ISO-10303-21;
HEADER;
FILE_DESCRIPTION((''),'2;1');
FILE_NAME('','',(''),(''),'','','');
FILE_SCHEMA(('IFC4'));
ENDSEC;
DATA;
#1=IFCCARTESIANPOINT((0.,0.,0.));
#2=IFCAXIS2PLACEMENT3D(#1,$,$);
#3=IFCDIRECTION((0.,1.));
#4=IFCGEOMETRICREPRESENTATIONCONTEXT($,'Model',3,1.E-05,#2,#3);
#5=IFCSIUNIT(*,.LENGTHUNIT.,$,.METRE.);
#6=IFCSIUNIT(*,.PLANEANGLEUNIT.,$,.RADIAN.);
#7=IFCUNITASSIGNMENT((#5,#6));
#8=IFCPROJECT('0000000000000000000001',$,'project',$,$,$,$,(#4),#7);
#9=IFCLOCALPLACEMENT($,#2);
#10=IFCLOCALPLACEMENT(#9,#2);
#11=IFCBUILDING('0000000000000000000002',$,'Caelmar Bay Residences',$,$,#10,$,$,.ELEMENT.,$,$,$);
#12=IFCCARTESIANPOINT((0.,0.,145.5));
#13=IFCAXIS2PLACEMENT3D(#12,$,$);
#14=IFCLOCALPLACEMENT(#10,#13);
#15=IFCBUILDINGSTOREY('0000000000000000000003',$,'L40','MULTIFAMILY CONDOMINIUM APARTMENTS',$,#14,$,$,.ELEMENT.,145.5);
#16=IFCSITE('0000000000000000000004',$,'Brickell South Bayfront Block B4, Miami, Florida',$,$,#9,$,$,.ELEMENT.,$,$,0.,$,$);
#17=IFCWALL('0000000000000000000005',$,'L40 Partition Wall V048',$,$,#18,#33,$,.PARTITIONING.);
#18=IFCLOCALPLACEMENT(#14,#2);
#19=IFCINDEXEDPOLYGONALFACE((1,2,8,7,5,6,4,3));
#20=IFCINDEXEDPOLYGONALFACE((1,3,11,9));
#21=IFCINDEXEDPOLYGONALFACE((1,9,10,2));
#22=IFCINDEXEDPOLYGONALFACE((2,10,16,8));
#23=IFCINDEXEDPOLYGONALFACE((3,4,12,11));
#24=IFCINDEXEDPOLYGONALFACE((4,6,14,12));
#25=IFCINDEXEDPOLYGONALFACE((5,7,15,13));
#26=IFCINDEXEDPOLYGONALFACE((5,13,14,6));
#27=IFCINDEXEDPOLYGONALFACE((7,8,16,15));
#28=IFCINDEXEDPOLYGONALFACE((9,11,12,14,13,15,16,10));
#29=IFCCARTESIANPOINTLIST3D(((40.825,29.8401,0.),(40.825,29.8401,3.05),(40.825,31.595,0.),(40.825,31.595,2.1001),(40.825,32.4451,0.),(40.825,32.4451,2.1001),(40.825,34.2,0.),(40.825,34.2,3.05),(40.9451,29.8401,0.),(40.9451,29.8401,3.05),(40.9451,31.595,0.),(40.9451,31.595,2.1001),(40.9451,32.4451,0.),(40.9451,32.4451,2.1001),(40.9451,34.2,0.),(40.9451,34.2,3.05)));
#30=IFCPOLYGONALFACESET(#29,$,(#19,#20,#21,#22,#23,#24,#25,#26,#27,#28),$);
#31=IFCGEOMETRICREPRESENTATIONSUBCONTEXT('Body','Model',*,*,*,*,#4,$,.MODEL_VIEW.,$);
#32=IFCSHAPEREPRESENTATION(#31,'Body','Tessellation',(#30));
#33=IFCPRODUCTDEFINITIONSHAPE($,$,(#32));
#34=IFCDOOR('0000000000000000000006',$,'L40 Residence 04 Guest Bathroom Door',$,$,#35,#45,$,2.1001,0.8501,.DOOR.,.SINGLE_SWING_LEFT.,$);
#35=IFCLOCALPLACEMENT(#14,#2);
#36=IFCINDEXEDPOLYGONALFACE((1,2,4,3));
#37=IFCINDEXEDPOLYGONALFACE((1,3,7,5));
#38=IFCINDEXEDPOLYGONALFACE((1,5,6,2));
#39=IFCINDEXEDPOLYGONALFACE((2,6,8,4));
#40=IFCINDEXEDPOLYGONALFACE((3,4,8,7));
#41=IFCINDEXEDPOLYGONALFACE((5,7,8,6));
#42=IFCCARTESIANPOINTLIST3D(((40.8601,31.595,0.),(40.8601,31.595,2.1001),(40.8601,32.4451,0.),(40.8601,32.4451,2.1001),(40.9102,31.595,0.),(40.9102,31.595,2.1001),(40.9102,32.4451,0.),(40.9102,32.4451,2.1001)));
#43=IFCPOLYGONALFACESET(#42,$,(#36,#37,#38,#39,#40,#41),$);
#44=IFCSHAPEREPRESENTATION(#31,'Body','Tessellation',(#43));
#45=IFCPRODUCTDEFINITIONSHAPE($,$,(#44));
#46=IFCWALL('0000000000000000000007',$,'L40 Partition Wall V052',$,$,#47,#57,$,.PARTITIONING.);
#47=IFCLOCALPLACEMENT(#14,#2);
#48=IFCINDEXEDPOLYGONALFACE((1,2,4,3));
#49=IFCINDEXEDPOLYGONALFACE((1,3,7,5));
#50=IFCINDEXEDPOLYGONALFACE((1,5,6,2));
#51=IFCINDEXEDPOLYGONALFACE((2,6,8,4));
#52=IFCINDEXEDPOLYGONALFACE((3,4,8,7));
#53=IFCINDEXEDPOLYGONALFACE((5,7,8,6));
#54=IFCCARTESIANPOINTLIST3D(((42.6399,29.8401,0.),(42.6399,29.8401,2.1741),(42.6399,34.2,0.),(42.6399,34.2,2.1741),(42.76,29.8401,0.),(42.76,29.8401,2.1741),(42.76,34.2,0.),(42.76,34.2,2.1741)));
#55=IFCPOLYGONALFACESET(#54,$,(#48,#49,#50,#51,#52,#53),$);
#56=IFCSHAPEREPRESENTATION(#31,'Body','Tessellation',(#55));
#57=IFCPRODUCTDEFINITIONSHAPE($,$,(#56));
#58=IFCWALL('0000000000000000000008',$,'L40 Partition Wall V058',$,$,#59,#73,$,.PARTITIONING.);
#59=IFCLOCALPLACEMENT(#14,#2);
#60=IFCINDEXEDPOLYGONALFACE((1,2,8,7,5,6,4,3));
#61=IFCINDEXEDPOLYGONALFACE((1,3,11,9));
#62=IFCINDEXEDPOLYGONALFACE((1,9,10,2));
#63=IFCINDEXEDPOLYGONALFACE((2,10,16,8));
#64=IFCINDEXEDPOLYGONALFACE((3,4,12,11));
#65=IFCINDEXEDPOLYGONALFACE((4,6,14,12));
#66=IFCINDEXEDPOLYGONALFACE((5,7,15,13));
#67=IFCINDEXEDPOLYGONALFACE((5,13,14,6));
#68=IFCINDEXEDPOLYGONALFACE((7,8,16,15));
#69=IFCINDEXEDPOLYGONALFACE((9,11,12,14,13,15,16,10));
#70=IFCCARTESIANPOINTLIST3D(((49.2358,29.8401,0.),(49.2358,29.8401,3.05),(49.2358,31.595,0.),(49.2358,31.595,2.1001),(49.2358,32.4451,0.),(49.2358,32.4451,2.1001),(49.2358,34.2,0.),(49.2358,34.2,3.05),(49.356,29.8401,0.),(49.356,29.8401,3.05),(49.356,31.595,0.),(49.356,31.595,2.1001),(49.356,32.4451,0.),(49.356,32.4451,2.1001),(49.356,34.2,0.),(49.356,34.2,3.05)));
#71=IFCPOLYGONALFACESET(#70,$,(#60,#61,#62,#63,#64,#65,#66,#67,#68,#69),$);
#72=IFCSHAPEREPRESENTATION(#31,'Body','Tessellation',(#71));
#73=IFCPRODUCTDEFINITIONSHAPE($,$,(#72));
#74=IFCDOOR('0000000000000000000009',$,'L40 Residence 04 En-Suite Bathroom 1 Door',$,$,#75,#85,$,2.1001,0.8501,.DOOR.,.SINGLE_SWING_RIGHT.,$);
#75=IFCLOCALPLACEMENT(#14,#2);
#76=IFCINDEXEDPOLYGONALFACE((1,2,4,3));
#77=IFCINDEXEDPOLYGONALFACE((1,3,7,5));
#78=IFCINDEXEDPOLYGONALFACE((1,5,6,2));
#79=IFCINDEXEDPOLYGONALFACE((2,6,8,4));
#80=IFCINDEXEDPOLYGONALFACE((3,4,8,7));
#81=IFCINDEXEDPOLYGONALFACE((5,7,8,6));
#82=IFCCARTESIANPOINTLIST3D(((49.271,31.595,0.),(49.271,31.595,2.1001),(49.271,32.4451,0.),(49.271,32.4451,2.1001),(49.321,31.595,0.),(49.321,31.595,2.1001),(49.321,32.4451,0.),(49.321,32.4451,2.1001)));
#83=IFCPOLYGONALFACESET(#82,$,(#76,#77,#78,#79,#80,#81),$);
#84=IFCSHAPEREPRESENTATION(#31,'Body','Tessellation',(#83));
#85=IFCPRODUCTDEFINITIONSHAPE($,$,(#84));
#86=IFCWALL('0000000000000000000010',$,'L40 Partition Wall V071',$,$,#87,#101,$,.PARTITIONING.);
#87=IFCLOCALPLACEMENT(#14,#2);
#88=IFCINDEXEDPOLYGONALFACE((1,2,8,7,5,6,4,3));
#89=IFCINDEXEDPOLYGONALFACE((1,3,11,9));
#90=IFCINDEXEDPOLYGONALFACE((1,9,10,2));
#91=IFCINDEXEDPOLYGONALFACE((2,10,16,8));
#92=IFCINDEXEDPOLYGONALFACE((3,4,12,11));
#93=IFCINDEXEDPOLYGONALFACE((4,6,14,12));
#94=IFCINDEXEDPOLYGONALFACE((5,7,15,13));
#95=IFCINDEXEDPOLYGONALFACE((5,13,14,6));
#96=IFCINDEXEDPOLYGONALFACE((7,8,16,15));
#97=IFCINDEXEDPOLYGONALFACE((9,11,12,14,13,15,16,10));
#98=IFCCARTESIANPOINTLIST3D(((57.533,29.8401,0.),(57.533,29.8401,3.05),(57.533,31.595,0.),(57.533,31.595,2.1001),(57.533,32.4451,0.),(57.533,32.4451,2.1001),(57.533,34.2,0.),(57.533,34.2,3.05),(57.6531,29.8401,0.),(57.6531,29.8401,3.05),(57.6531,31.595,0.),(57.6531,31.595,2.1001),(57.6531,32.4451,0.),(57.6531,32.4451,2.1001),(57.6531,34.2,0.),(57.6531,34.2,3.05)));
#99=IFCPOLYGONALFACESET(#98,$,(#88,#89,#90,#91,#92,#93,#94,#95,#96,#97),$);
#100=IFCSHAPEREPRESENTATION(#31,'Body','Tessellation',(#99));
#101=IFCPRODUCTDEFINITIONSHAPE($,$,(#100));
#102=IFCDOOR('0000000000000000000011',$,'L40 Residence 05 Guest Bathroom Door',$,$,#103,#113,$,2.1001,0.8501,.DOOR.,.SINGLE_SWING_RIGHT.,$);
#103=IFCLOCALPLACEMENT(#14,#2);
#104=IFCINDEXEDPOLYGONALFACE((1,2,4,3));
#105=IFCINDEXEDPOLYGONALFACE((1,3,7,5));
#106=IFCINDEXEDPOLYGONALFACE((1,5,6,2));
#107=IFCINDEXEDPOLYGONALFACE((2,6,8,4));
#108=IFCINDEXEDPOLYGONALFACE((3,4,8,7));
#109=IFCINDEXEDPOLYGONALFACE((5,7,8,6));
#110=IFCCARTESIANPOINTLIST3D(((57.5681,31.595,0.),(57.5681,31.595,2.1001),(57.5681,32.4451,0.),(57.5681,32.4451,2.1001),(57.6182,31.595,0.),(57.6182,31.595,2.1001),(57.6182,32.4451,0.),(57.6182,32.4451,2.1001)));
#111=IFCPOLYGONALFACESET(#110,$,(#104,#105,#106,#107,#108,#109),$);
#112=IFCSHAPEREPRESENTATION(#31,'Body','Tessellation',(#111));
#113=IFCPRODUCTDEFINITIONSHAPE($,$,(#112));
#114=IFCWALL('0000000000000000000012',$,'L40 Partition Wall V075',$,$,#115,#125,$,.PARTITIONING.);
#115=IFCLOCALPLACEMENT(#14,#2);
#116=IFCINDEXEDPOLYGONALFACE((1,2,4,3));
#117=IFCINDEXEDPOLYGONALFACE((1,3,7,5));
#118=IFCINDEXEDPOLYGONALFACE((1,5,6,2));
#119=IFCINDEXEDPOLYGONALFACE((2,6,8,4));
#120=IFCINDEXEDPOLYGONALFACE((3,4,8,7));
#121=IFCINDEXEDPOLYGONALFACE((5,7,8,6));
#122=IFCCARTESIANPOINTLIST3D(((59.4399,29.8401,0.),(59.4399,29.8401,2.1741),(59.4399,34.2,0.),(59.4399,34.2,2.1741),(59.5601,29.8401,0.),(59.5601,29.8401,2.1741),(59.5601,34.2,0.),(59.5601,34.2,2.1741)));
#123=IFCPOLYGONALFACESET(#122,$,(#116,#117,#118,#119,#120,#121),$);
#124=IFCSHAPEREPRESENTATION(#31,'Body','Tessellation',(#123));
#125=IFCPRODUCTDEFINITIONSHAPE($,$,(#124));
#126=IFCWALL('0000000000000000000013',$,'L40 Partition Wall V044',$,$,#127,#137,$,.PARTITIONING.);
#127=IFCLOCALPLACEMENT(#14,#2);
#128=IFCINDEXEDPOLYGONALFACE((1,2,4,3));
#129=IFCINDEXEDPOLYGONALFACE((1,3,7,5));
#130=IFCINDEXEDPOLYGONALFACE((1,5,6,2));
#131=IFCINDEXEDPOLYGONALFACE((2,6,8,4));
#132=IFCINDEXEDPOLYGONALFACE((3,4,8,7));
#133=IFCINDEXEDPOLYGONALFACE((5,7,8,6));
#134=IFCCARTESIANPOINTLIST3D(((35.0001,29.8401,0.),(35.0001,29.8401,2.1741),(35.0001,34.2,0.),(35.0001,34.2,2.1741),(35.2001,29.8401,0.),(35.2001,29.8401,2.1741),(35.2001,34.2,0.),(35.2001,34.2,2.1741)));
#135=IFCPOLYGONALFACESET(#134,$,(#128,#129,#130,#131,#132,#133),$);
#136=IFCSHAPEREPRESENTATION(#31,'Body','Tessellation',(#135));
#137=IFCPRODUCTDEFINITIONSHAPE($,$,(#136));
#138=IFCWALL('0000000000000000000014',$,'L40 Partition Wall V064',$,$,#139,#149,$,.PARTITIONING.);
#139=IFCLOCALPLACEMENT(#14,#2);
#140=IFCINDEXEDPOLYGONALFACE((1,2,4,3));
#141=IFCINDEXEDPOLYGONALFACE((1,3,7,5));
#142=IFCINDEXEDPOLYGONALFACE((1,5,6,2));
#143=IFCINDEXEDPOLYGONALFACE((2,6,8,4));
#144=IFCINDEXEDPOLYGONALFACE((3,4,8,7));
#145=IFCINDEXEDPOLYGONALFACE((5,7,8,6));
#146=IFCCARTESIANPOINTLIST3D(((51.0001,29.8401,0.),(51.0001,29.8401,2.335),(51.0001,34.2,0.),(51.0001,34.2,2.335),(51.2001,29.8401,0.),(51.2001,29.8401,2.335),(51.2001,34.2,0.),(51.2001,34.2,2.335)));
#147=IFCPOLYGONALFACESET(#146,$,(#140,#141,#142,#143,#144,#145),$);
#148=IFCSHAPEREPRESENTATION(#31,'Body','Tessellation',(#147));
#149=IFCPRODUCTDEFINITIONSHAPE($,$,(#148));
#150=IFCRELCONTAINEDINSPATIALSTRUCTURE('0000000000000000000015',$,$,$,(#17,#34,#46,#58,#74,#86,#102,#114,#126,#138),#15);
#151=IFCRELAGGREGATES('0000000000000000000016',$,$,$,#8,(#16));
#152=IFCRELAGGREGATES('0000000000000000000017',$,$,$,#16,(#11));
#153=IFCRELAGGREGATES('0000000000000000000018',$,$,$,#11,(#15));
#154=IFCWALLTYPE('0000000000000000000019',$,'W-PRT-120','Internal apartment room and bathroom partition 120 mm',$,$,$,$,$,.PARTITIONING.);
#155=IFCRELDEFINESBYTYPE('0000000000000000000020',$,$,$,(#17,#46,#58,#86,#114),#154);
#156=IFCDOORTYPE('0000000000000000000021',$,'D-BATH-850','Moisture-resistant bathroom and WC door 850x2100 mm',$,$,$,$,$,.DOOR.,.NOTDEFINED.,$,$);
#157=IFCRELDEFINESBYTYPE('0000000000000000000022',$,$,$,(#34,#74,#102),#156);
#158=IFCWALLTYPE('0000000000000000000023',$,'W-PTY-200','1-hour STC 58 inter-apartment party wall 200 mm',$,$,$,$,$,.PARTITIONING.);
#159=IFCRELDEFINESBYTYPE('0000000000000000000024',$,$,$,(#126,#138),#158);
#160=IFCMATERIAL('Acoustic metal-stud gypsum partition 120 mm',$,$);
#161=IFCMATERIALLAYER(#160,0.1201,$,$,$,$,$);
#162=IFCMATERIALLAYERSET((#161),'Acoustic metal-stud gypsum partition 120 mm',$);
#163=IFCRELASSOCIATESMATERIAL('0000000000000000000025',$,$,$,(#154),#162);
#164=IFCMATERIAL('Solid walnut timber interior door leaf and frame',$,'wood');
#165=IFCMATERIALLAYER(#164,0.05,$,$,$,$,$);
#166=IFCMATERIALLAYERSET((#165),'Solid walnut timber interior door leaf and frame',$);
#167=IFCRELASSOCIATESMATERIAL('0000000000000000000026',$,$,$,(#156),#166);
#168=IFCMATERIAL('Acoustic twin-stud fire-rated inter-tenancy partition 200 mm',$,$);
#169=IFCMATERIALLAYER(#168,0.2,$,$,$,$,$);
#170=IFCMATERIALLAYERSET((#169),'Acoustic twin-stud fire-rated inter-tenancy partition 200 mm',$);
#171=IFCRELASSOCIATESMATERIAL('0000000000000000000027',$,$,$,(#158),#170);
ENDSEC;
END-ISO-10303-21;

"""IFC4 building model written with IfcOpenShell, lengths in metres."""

from ifc_helpers import new_model, si_unit, direction, frame, frame_2d, origin, place, context, subcontext, project, spatial, rectangle, extrude, material, layer, layer_set, type_object, element, fill, save


model = new_model("IFC4")

# Units and contexts
model_context = context("Model", 3, precision=1e-05, world=origin(), true_north=direction((0.0, 1.0)))
body_context = subcontext(model_context, "Body", "Model", "MODEL_VIEW")
ifc_project = project(units=[si_unit("LENGTHUNIT", "METRE"), si_unit("PLANEANGLEUNIT", "RADIAN")], contexts=[model_context])

# Site, building, storey
site_placement = place(None, origin())
site = spatial("IfcSite", under=ifc_project, at=site_placement, Name="Brickell South Bayfront Block B4, Miami, Florida", CompositionType="ELEMENT", RefElevation=0.0)
building_placement = place(site_placement, origin())
building = spatial("IfcBuilding", under=site, at=building_placement, Name="Caelmar Bay Residences", CompositionType="ELEMENT")
storey_placement = place(building_placement, frame((0.0, 0.0, 145.5)))
storey = spatial("IfcBuildingStorey", under=building, at=storey_placement, Name="L40", Description="MULTIFAMILY CONDOMINIUM APARTMENTS", CompositionType="ELEMENT", Elevation=145.5)

# Wall, opening, door
ifc_material_1 = material(Name="Acoustic metal-stud gypsum partition 120 mm")
ifc_layer_1 = layer(ifc_material_1, 0.1201)
ifc_layer_set_1 = layer_set([ifc_layer_1], Name="Acoustic metal-stud gypsum partition 120 mm")
wall_type_1 = type_object("IfcWallType", Name="W-PRT-120", Description="Internal apartment room and bathroom partition 120 mm", PredefinedType="PARTITIONING", material=ifc_layer_set_1)
wall_1_placement = place(storey_placement, frame((40.885, 29.8401, 0.0), z_axis=(0.0, 0.0, 1.0), x_axis=(0.0, 1.0, 0.0)))
wall_1 = element("IfcWall", 1, at=wall_1_placement, inside=storey, type_object=wall_type_1, Name="L40 Partition Wall V048", PredefinedType="PARTITIONING", context=body_context, shape_type="SweptSolid", body=[
    extrude(rectangle(XDim=4.3599, YDim=0.1201, at=frame_2d((2.1799, 0.0))), origin(), (0.0, 0.0, 1.0), 3.05),
])
opening_1_placement = place(wall_1_placement, frame((1.7549, 0.0, 0.0)))
opening_1 = element("IfcOpeningElement", 2, at=opening_1_placement, cuts=wall_1, PredefinedType="OPENING", context=body_context, shape_type="SweptSolid", body=[
    extrude(rectangle(XDim=0.8501, YDim=2.1001, at=frame_2d((0.425, 1.05))), frame((0.0, 0.0701, 0.0), z_axis=(0.0, -1.0, 0.0), x_axis=(1.0, 0.0, 0.0)), (0.0, 0.0, 1.0), 0.1401),
])
ifc_material_2 = material(Name="Solid walnut timber interior door leaf and frame", Category="wood")
ifc_layer_2 = layer(ifc_material_2, 0.05)
ifc_layer_set_2 = layer_set([ifc_layer_2], Name="Solid walnut timber interior door leaf and frame")
door_type_1 = type_object("IfcDoorType", Name="D-BATH-850", Description="Moisture-resistant bathroom and WC door 850x2100 mm", OperationType="NOTDEFINED", PredefinedType="DOOR", material=ifc_layer_set_2)
door_1_placement = place(opening_1_placement, origin())
door_1 = element("IfcDoor", 3, at=door_1_placement, inside=storey, type_object=door_type_1, Name="L40 Residence 04 Guest Bathroom Door", OperationType="SINGLE_SWING_LEFT", OverallHeight=2.1001, OverallWidth=0.8501, PredefinedType="DOOR", context=body_context, shape_type="SweptSolid", body=[
    extrude(rectangle(XDim=0.8501, YDim=2.1001, at=frame_2d((0.425, 1.05))), frame((0.0, 0.0249, 0.0), z_axis=(0.0, -1.0, 0.0), x_axis=(1.0, 0.0, 0.0)), (0.0, 0.0, 1.0), 0.05),
])
fill(opening_1, door_1)

# Wall
wall_2_placement = place(storey_placement, frame((42.7, 29.8401, 0.0), z_axis=(0.0, 0.0, 1.0), x_axis=(0.0, 1.0, 0.0)))
element("IfcWall", 4, at=wall_2_placement, inside=storey, type_object=wall_type_1, Name="L40 Partition Wall V052", PredefinedType="PARTITIONING", context=body_context, shape_type="SweptSolid", body=[
    extrude(rectangle(XDim=4.3599, YDim=0.1201, at=frame_2d((2.1799, 0.0))), origin(), (0.0, 0.0, 1.0), 2.1741),
])

# Walls, openings, doors
wall_3_placement = place(storey_placement, frame((49.2959, 29.8401, 0.0), z_axis=(0.0, 0.0, 1.0), x_axis=(0.0, 1.0, 0.0)))
wall_3 = element("IfcWall", 5, at=wall_3_placement, inside=storey, type_object=wall_type_1, Name="L40 Partition Wall V058", PredefinedType="PARTITIONING", context=body_context, shape_type="SweptSolid", body=[
    extrude(rectangle(XDim=4.3599, YDim=0.1201, at=frame_2d((2.1799, 0.0))), origin(), (0.0, 0.0, 1.0), 3.05),
])
opening_2_placement = place(wall_3_placement, frame((1.7549, 0.0, 0.0)))
opening_2 = element("IfcOpeningElement", 6, at=opening_2_placement, cuts=wall_3, PredefinedType="OPENING", context=body_context, shape_type="SweptSolid", body=[
    extrude(rectangle(XDim=0.8501, YDim=2.1001, at=frame_2d((0.425, 1.05))), frame((0.0, 0.0701, 0.0), z_axis=(0.0, -1.0, 0.0), x_axis=(1.0, 0.0, 0.0)), (0.0, 0.0, 1.0), 0.1401),
])
door_2_placement = place(opening_2_placement, origin())
door_2 = element("IfcDoor", 7, at=door_2_placement, inside=storey, type_object=door_type_1, Name="L40 Residence 04 En-Suite Bathroom 1 Door", OperationType="SINGLE_SWING_RIGHT", OverallHeight=2.1001, OverallWidth=0.8501, PredefinedType="DOOR", context=body_context, shape_type="SweptSolid", body=[
    extrude(rectangle(XDim=0.8501, YDim=2.1001, at=frame_2d((0.425, 1.05))), frame((0.0, 0.0249, 0.0), z_axis=(0.0, -1.0, 0.0), x_axis=(1.0, 0.0, 0.0)), (0.0, 0.0, 1.0), 0.05),
])
fill(opening_2, door_2)
wall_4_placement = place(storey_placement, frame((57.593, 29.8401, 0.0), z_axis=(0.0, 0.0, 1.0), x_axis=(0.0, 1.0, 0.0)))
wall_4 = element("IfcWall", 8, at=wall_4_placement, inside=storey, type_object=wall_type_1, Name="L40 Partition Wall V071", PredefinedType="PARTITIONING", context=body_context, shape_type="SweptSolid", body=[
    extrude(rectangle(XDim=4.3599, YDim=0.1201, at=frame_2d((2.1799, 0.0))), origin(), (0.0, 0.0, 1.0), 3.05),
])
opening_3_placement = place(wall_4_placement, frame((1.7549, 0.0, 0.0)))
opening_3 = element("IfcOpeningElement", 9, at=opening_3_placement, cuts=wall_4, PredefinedType="OPENING", context=body_context, shape_type="SweptSolid", body=[
    extrude(rectangle(XDim=0.8501, YDim=2.1001, at=frame_2d((0.425, 1.05))), frame((0.0, 0.0701, 0.0), z_axis=(0.0, -1.0, 0.0), x_axis=(1.0, 0.0, 0.0)), (0.0, 0.0, 1.0), 0.1401),
])
door_3_placement = place(opening_3_placement, origin())
door_3 = element("IfcDoor", 10, at=door_3_placement, inside=storey, type_object=door_type_1, Name="L40 Residence 05 Guest Bathroom Door", OperationType="SINGLE_SWING_RIGHT", OverallHeight=2.1001, OverallWidth=0.8501, PredefinedType="DOOR", context=body_context, shape_type="SweptSolid", body=[
    extrude(rectangle(XDim=0.8501, YDim=2.1001, at=frame_2d((0.425, 1.05))), frame((0.0, 0.0249, 0.0), z_axis=(0.0, -1.0, 0.0), x_axis=(1.0, 0.0, 0.0)), (0.0, 0.0, 1.0), 0.05),
])
fill(opening_3, door_3)

# Walls
wall_5_placement = place(storey_placement, frame((59.5, 29.8401, 0.0), z_axis=(0.0, 0.0, 1.0), x_axis=(0.0, 1.0, 0.0)))
element("IfcWall", 11, at=wall_5_placement, inside=storey, type_object=wall_type_1, Name="L40 Partition Wall V075", PredefinedType="PARTITIONING", context=body_context, shape_type="SweptSolid", body=[
    extrude(rectangle(XDim=4.3599, YDim=0.1201, at=frame_2d((2.1799, 0.0))), origin(), (0.0, 0.0, 1.0), 2.1741),
])
ifc_material_3 = material(Name="Acoustic twin-stud fire-rated inter-tenancy partition 200 mm")
ifc_layer_3 = layer(ifc_material_3, 0.2)
ifc_layer_set_3 = layer_set([ifc_layer_3], Name="Acoustic twin-stud fire-rated inter-tenancy partition 200 mm")
wall_type_2 = type_object("IfcWallType", Name="W-PTY-200", Description="1-hour STC 58 inter-apartment party wall 200 mm", PredefinedType="PARTITIONING", material=ifc_layer_set_3)
wall_6_placement = place(storey_placement, frame((35.1001, 29.8401, 0.0), z_axis=(0.0, 0.0, 1.0), x_axis=(0.0, 1.0, 0.0)))
element("IfcWall", 12, at=wall_6_placement, inside=storey, type_object=wall_type_2, Name="L40 Partition Wall V044", PredefinedType="PARTITIONING", context=body_context, shape_type="SweptSolid", body=[
    extrude(rectangle(XDim=4.3599, YDim=0.2, at=frame_2d((2.1799, 0.0))), origin(), (0.0, 0.0, 1.0), 2.1741),
])
wall_7_placement = place(storey_placement, frame((51.1001, 29.8401, 0.0), z_axis=(0.0, 0.0, 1.0), x_axis=(0.0, 1.0, 0.0)))
element("IfcWall", 13, at=wall_7_placement, inside=storey, type_object=wall_type_2, Name="L40 Partition Wall V064", PredefinedType="PARTITIONING", context=body_context, shape_type="SweptSolid", body=[
    extrude(rectangle(XDim=4.3599, YDim=0.2, at=frame_2d((2.1799, 0.0))), origin(), (0.0, 0.0, 1.0), 2.335),
])

save(model, "model.ifc")
